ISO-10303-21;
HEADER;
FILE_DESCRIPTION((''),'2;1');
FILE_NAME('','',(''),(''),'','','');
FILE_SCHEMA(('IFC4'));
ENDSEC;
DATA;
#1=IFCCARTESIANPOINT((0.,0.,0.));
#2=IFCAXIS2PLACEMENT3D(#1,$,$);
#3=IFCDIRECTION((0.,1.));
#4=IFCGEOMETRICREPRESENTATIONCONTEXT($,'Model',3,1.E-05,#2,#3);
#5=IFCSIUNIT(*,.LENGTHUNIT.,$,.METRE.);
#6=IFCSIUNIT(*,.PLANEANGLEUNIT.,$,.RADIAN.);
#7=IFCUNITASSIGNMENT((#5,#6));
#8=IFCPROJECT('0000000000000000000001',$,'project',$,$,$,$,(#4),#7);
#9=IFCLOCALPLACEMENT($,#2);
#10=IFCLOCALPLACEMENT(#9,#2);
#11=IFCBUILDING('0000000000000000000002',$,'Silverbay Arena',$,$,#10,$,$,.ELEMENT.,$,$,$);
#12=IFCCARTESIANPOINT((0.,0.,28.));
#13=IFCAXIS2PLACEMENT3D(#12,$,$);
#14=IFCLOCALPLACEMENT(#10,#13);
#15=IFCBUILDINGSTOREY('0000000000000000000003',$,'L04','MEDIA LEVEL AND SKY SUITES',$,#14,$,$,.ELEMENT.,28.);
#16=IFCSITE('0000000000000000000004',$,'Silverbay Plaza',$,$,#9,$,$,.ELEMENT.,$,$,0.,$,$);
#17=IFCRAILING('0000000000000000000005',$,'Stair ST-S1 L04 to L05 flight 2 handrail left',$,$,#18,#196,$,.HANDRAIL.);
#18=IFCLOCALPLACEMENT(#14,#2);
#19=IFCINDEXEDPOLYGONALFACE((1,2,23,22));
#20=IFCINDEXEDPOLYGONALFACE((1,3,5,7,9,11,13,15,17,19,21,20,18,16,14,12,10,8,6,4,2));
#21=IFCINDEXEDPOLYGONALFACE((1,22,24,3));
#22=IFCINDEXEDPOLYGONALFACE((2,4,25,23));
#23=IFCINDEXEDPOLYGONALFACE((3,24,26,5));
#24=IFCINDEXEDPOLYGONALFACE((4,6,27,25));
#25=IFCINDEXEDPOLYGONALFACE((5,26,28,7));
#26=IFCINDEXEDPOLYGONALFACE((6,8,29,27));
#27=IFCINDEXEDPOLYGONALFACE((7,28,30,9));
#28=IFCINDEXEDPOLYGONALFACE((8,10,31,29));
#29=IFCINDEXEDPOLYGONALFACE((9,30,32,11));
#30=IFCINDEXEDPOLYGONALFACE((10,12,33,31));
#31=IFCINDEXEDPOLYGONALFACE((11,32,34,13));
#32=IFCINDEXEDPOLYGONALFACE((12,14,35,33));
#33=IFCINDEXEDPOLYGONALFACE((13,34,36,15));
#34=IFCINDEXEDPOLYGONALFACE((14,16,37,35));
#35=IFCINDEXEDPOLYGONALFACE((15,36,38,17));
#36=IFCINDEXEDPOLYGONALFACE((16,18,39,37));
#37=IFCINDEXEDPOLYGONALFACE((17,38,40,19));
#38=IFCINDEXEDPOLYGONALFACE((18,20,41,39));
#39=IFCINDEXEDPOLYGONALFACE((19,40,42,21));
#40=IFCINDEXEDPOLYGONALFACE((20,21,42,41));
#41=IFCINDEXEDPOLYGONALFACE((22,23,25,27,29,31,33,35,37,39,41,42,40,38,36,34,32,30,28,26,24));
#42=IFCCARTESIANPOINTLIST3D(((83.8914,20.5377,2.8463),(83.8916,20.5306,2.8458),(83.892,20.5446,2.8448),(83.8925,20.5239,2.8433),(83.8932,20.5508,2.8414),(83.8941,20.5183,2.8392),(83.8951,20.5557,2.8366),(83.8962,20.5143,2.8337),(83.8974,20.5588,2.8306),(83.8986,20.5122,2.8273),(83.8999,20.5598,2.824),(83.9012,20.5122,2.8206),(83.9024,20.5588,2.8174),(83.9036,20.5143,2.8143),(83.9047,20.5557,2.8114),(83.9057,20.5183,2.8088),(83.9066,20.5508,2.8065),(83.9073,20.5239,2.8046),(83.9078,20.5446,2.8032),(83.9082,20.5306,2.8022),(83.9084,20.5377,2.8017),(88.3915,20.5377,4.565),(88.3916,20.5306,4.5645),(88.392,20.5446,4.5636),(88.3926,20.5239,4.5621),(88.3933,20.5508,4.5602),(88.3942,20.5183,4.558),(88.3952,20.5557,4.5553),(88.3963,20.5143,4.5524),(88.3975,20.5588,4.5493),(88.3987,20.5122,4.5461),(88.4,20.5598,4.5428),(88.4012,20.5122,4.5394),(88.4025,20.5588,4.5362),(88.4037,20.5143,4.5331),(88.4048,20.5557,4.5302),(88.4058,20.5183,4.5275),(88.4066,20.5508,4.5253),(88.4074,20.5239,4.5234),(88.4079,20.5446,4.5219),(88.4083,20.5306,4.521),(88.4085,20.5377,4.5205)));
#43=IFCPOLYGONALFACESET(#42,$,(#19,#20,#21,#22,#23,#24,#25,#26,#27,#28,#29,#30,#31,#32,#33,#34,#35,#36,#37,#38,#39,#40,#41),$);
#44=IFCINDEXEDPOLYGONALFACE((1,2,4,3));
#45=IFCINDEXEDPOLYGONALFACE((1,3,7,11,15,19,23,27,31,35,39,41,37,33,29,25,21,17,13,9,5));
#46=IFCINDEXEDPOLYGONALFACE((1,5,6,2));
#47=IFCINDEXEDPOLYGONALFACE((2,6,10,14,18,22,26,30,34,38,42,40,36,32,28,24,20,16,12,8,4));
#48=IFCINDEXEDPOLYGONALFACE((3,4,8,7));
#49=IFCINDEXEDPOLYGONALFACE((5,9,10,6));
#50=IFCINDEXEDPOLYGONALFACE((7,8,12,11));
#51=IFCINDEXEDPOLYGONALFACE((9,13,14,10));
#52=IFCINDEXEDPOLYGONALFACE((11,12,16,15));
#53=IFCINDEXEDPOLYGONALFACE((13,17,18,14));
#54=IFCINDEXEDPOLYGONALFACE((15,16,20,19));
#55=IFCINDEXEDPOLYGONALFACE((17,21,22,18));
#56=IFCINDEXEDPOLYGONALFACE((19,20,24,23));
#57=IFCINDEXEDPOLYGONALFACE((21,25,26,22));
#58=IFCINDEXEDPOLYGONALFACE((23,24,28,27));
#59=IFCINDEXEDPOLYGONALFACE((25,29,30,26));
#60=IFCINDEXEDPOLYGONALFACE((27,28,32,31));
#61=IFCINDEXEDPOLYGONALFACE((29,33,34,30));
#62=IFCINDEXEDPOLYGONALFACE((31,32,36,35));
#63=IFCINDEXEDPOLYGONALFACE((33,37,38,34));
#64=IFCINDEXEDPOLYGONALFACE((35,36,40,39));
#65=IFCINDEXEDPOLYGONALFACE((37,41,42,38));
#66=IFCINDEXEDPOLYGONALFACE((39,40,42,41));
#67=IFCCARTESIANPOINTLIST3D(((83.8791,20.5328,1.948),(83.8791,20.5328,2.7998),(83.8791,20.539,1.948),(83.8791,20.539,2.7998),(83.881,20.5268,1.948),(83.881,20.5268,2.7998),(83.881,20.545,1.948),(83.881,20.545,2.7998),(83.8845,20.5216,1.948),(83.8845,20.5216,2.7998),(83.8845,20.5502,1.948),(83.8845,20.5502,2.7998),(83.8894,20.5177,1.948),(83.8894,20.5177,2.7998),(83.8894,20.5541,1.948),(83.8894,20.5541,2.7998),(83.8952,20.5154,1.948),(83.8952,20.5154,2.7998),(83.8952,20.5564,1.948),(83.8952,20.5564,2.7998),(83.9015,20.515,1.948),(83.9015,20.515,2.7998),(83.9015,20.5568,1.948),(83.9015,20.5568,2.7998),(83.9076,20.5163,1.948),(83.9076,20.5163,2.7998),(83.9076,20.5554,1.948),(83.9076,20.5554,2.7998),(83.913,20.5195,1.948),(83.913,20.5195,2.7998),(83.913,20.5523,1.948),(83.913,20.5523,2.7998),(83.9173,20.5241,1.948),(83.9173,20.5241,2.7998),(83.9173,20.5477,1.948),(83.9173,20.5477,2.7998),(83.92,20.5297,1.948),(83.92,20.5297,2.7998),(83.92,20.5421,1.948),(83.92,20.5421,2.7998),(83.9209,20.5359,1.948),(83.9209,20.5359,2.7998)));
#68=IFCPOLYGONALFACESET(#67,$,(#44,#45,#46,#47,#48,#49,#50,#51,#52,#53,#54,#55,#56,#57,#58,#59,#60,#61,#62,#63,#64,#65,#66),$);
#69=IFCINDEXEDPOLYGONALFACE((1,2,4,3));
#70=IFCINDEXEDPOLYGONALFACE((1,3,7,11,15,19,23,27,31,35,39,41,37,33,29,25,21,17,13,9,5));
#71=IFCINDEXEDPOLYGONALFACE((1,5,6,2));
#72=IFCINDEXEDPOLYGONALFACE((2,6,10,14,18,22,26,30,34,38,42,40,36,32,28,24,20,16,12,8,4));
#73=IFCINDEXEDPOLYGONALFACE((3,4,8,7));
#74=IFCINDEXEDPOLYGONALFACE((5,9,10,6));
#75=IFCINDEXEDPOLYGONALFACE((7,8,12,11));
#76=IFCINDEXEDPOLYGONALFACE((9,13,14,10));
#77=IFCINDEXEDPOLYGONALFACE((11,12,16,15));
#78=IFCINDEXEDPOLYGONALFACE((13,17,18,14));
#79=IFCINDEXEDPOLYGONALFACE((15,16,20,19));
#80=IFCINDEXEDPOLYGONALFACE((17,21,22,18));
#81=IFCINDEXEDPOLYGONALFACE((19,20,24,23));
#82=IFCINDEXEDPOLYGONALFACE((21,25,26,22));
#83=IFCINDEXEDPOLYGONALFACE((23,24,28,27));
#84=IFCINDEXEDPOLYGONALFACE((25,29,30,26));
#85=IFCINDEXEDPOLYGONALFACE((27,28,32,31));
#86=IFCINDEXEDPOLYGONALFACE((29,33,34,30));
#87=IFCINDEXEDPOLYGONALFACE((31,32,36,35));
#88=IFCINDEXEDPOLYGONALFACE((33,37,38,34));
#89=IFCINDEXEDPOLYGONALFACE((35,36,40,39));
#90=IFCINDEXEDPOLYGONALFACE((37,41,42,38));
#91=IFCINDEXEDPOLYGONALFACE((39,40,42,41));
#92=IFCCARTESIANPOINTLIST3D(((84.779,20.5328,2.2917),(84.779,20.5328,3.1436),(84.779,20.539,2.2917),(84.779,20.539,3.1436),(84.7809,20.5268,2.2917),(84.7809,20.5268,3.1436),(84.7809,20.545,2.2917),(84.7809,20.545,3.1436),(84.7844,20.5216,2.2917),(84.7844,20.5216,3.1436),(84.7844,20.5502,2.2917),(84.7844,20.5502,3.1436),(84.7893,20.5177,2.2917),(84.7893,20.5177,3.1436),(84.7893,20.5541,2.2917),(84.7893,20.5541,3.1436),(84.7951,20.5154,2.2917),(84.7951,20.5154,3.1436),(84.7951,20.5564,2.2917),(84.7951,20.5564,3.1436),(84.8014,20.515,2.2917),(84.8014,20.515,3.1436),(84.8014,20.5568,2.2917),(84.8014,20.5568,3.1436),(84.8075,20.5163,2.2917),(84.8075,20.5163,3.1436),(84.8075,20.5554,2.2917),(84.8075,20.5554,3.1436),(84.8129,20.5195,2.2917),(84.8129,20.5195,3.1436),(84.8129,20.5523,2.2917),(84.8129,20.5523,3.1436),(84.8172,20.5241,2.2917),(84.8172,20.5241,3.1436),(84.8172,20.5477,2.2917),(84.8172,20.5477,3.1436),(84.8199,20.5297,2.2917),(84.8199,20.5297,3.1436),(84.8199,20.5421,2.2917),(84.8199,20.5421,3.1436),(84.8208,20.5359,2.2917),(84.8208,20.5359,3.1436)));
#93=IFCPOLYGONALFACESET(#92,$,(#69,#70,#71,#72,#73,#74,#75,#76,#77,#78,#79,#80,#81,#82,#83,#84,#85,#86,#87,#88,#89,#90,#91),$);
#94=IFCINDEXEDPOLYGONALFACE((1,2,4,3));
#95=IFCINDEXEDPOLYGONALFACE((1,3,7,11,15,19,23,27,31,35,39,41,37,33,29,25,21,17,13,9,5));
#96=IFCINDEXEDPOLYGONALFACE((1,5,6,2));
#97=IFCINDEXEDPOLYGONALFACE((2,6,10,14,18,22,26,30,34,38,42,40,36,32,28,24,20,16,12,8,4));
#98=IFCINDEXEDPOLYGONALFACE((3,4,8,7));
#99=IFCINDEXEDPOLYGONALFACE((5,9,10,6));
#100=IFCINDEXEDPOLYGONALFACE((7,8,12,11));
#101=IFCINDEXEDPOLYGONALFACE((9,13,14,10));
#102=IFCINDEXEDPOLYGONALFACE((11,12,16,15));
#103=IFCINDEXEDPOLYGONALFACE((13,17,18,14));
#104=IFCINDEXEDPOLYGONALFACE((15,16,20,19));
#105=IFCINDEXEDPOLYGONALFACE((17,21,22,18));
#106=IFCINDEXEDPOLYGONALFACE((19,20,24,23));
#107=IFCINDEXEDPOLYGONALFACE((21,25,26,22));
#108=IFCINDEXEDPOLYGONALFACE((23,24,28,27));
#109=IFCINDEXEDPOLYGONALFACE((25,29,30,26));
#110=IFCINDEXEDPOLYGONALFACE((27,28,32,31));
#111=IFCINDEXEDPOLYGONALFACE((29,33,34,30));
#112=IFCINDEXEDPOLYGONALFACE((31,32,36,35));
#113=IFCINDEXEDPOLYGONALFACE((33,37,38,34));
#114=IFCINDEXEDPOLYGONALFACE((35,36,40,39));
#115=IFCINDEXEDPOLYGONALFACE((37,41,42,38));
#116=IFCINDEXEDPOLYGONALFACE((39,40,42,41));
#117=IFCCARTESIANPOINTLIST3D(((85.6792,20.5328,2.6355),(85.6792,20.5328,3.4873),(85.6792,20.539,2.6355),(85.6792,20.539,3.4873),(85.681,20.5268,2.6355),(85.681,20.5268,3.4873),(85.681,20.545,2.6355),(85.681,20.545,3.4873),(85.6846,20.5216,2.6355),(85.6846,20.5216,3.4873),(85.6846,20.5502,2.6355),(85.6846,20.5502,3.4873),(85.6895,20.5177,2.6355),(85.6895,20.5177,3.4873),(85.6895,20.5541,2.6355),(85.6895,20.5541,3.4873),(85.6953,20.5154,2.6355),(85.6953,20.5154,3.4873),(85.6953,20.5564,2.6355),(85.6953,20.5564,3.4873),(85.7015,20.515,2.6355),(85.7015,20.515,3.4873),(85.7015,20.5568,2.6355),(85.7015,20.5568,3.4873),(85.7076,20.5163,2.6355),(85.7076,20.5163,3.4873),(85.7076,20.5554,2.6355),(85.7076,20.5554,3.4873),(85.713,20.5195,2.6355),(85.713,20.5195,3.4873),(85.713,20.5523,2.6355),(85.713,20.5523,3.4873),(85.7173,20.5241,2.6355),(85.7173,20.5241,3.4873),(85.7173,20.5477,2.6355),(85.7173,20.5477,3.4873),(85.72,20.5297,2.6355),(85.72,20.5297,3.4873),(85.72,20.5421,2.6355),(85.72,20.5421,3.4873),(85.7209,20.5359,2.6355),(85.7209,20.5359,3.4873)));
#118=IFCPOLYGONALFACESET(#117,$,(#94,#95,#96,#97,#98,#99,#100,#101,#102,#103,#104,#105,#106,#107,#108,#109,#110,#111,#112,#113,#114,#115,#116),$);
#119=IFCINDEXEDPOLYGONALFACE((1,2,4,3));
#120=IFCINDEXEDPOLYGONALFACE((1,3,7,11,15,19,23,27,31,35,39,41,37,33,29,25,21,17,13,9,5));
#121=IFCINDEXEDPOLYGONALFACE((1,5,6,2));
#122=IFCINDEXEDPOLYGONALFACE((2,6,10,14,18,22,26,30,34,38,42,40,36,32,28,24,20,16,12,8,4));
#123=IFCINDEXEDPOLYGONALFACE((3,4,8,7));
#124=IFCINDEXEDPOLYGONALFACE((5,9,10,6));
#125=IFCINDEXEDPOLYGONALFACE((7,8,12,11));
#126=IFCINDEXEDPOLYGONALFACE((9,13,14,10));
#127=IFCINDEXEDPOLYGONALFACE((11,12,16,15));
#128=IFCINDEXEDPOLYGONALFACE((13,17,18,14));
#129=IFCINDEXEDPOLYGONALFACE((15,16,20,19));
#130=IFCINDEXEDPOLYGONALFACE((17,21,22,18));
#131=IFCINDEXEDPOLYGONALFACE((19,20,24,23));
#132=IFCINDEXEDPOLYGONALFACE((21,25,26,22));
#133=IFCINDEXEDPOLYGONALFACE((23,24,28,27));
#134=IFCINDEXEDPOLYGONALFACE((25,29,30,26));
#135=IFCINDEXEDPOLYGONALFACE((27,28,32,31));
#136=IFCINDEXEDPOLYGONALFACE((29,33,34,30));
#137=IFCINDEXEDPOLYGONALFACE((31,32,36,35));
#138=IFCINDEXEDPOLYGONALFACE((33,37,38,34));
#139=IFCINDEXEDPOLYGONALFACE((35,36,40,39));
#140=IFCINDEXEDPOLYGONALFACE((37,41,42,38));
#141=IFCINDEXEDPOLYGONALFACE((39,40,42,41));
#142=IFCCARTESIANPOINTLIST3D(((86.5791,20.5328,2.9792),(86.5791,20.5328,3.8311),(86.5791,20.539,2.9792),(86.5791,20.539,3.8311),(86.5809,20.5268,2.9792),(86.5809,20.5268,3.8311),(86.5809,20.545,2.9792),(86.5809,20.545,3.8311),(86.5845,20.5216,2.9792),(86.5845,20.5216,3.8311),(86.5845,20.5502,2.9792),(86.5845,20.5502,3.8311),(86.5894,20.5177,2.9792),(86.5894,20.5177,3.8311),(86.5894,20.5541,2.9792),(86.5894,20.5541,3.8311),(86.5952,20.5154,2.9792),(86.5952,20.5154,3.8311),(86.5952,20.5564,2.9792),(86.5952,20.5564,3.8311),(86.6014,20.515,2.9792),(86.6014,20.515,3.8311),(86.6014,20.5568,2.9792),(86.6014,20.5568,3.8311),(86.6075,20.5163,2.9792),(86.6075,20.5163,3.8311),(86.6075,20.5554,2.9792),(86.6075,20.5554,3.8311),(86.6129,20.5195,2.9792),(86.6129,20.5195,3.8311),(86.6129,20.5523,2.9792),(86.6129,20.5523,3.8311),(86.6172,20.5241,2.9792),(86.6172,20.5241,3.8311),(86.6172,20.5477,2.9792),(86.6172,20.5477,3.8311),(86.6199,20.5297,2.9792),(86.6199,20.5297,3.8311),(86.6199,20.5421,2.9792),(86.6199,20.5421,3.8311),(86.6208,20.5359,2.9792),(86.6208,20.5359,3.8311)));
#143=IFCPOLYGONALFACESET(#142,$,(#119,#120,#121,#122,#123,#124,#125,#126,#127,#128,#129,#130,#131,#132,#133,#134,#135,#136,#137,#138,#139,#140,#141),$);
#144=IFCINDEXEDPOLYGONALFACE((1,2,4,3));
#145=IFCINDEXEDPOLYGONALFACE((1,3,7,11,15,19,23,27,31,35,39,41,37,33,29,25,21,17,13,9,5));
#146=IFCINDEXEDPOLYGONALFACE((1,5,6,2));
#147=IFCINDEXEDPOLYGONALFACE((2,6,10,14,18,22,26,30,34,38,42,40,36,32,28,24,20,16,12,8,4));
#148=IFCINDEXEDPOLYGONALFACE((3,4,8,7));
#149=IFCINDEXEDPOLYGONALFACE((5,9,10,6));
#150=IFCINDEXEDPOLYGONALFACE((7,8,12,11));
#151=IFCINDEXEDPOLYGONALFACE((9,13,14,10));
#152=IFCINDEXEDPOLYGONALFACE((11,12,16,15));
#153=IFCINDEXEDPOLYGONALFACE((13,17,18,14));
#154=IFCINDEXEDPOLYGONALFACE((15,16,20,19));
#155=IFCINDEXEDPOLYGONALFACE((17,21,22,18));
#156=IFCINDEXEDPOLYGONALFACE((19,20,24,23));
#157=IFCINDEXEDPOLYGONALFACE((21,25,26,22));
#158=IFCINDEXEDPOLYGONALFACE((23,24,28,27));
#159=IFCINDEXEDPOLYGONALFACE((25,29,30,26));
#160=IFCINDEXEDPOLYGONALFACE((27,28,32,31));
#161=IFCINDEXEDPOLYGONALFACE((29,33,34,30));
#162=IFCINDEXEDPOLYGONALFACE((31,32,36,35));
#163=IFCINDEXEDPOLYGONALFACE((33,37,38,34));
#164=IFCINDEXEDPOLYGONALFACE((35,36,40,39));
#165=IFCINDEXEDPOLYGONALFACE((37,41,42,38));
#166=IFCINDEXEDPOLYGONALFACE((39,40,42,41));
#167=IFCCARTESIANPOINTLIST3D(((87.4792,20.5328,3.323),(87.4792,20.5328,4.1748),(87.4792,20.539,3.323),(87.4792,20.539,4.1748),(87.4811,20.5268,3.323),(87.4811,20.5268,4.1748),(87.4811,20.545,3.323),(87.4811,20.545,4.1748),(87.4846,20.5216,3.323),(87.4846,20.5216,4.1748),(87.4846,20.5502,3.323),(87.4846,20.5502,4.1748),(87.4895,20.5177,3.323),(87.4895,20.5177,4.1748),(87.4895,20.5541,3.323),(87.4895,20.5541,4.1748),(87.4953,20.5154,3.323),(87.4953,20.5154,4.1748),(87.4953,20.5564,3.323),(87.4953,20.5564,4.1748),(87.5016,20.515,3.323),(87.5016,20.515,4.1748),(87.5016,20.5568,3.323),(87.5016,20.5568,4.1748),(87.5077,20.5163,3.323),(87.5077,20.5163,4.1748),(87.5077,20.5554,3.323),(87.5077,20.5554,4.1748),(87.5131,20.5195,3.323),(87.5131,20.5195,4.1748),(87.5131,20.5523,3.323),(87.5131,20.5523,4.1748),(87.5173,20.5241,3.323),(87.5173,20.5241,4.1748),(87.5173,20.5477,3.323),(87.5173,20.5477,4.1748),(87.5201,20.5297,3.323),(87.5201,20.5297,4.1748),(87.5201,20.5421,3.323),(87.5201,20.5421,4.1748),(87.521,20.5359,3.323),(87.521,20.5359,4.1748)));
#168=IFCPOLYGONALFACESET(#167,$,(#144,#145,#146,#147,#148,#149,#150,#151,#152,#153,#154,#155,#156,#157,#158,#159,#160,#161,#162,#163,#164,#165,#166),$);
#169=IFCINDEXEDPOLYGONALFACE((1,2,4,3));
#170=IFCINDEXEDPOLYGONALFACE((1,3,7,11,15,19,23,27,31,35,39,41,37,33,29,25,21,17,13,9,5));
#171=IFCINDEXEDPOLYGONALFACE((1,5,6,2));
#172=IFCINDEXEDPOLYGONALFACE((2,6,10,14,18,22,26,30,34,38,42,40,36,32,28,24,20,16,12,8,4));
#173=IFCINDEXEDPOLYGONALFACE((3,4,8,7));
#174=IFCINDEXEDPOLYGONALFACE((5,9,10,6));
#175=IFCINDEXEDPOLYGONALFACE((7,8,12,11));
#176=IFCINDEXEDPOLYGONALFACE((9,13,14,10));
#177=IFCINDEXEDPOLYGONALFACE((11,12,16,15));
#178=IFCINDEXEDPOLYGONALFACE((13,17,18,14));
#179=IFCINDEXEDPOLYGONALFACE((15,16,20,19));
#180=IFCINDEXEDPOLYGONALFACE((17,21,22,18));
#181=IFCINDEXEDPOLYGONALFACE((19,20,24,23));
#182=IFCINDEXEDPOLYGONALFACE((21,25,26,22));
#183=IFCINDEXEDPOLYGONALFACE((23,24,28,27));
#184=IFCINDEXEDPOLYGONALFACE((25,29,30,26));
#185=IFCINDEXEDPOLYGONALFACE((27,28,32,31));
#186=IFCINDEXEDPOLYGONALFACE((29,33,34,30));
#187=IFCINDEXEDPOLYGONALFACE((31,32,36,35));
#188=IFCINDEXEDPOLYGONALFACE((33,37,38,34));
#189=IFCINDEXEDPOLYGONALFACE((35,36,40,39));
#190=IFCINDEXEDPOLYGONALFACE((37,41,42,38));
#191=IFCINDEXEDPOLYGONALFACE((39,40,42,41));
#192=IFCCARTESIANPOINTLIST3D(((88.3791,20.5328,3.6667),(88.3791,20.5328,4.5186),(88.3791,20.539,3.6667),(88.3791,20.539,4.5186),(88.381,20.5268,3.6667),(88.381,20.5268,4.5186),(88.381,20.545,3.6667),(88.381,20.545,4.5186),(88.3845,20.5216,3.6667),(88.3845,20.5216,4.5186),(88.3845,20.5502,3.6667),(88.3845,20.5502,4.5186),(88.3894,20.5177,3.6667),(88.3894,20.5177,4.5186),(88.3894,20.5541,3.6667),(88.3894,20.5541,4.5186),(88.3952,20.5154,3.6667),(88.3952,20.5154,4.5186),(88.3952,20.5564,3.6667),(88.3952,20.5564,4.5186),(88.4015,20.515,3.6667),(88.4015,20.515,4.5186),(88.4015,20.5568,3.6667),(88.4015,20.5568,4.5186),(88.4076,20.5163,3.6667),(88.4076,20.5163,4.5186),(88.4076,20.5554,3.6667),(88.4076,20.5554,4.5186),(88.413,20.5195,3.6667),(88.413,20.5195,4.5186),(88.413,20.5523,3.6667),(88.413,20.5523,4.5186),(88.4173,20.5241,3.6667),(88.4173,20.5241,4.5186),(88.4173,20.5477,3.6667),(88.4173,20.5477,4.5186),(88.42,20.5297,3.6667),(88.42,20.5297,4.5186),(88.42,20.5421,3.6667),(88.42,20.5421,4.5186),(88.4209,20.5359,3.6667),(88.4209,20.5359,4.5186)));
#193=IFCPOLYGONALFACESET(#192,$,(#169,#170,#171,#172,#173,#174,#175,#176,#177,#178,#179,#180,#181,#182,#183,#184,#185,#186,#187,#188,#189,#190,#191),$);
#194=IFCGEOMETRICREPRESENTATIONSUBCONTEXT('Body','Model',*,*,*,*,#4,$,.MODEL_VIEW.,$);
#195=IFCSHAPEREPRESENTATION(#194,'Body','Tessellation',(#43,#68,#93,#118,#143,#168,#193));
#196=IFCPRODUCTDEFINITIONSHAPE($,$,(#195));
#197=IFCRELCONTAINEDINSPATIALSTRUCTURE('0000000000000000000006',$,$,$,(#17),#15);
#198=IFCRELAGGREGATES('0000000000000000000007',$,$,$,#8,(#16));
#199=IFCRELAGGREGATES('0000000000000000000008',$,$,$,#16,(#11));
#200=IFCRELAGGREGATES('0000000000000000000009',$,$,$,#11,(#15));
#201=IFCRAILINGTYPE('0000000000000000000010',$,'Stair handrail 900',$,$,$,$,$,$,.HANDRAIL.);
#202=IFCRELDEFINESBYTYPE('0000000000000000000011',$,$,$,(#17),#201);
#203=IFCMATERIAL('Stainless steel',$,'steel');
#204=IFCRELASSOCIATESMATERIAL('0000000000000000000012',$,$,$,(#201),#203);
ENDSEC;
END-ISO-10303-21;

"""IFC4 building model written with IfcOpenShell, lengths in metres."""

from ifc_helpers import new_model, si_unit, direction, frame, origin, origin_2d, place, context, subcontext, project, spatial, circle, extrude, material, type_object, element, save


model = new_model("IFC4")

# Units and contexts
model_context = context("Model", 3, precision=1e-05, world=origin(), true_north=direction((0.0, 1.0)))
body_context = subcontext(model_context, "Body", "Model", "MODEL_VIEW")
ifc_project = project(units=[si_unit("LENGTHUNIT", "METRE"), si_unit("PLANEANGLEUNIT", "RADIAN")], contexts=[model_context])

# Site, building, storey
site_placement = place(None, origin())
site = spatial("IfcSite", under=ifc_project, at=site_placement, Name="Silverbay Plaza", CompositionType="ELEMENT", RefElevation=0.0)
building_placement = place(site_placement, origin())
building = spatial("IfcBuilding", under=site, at=building_placement, Name="Silverbay Arena", CompositionType="ELEMENT")
storey_placement = place(building_placement, frame((0.0, 0.0, 28.0)))
storey = spatial("IfcBuildingStorey", under=building, at=storey_placement, Name="L04", Description="MEDIA LEVEL AND SKY SUITES", CompositionType="ELEMENT", Elevation=28.0)

# Railing
ifc_material_1 = material(Name="Stainless steel", Category="steel")
railing_type_1 = type_object("IfcRailingType", Name="Stair handrail 900", PredefinedType="HANDRAIL", material=ifc_material_1)
for number, where, name in (
    (1, (83.8999, 20.5359, 1.948), "Stair ST-S1 L04 to L05 flight 2 handrail left"),
):
    element("IfcRailing", number, at=place(storey_placement, frame(where)), inside=storey, type_object=railing_type_1, Name=name, PredefinedType="HANDRAIL", context=body_context, shape_type="SweptSolid", body=[
        extrude(circle(Radius=0.0239, at=origin_2d()), frame((0.0, 0.0, 0.876), z_axis=(0.934179, 0.0, 0.356805), x_axis=(0.0, 1.0, 0.0)), (0.0, 0.0, 1.0), 4.8171),
        extrude(circle(Radius=0.021, at=origin_2d()), origin(), (0.0, 0.0, 1.0), 0.8518),
        extrude(circle(Radius=0.021, at=origin_2d()), frame((0.8999, 0.0, 0.3438)), (0.0, 0.0, 1.0), 0.8518),
        extrude(circle(Radius=0.021, at=origin_2d()), frame((1.8, 0.0, 0.6875)), (0.0, 0.0, 1.0), 0.8518),
        extrude(circle(Radius=0.021, at=origin_2d()), frame((2.7, 0.0, 1.0312)), (0.0, 0.0, 1.0), 0.8518),
        extrude(circle(Radius=0.021, at=origin_2d()), frame((3.6001, 0.0, 1.375)), (0.0, 0.0, 1.0), 0.8518),
        extrude(circle(Radius=0.021, at=origin_2d()), frame((4.5, 0.0, 1.7188)), (0.0, 0.0, 1.0), 0.8518),
    ])

save(model, "model.ifc")
